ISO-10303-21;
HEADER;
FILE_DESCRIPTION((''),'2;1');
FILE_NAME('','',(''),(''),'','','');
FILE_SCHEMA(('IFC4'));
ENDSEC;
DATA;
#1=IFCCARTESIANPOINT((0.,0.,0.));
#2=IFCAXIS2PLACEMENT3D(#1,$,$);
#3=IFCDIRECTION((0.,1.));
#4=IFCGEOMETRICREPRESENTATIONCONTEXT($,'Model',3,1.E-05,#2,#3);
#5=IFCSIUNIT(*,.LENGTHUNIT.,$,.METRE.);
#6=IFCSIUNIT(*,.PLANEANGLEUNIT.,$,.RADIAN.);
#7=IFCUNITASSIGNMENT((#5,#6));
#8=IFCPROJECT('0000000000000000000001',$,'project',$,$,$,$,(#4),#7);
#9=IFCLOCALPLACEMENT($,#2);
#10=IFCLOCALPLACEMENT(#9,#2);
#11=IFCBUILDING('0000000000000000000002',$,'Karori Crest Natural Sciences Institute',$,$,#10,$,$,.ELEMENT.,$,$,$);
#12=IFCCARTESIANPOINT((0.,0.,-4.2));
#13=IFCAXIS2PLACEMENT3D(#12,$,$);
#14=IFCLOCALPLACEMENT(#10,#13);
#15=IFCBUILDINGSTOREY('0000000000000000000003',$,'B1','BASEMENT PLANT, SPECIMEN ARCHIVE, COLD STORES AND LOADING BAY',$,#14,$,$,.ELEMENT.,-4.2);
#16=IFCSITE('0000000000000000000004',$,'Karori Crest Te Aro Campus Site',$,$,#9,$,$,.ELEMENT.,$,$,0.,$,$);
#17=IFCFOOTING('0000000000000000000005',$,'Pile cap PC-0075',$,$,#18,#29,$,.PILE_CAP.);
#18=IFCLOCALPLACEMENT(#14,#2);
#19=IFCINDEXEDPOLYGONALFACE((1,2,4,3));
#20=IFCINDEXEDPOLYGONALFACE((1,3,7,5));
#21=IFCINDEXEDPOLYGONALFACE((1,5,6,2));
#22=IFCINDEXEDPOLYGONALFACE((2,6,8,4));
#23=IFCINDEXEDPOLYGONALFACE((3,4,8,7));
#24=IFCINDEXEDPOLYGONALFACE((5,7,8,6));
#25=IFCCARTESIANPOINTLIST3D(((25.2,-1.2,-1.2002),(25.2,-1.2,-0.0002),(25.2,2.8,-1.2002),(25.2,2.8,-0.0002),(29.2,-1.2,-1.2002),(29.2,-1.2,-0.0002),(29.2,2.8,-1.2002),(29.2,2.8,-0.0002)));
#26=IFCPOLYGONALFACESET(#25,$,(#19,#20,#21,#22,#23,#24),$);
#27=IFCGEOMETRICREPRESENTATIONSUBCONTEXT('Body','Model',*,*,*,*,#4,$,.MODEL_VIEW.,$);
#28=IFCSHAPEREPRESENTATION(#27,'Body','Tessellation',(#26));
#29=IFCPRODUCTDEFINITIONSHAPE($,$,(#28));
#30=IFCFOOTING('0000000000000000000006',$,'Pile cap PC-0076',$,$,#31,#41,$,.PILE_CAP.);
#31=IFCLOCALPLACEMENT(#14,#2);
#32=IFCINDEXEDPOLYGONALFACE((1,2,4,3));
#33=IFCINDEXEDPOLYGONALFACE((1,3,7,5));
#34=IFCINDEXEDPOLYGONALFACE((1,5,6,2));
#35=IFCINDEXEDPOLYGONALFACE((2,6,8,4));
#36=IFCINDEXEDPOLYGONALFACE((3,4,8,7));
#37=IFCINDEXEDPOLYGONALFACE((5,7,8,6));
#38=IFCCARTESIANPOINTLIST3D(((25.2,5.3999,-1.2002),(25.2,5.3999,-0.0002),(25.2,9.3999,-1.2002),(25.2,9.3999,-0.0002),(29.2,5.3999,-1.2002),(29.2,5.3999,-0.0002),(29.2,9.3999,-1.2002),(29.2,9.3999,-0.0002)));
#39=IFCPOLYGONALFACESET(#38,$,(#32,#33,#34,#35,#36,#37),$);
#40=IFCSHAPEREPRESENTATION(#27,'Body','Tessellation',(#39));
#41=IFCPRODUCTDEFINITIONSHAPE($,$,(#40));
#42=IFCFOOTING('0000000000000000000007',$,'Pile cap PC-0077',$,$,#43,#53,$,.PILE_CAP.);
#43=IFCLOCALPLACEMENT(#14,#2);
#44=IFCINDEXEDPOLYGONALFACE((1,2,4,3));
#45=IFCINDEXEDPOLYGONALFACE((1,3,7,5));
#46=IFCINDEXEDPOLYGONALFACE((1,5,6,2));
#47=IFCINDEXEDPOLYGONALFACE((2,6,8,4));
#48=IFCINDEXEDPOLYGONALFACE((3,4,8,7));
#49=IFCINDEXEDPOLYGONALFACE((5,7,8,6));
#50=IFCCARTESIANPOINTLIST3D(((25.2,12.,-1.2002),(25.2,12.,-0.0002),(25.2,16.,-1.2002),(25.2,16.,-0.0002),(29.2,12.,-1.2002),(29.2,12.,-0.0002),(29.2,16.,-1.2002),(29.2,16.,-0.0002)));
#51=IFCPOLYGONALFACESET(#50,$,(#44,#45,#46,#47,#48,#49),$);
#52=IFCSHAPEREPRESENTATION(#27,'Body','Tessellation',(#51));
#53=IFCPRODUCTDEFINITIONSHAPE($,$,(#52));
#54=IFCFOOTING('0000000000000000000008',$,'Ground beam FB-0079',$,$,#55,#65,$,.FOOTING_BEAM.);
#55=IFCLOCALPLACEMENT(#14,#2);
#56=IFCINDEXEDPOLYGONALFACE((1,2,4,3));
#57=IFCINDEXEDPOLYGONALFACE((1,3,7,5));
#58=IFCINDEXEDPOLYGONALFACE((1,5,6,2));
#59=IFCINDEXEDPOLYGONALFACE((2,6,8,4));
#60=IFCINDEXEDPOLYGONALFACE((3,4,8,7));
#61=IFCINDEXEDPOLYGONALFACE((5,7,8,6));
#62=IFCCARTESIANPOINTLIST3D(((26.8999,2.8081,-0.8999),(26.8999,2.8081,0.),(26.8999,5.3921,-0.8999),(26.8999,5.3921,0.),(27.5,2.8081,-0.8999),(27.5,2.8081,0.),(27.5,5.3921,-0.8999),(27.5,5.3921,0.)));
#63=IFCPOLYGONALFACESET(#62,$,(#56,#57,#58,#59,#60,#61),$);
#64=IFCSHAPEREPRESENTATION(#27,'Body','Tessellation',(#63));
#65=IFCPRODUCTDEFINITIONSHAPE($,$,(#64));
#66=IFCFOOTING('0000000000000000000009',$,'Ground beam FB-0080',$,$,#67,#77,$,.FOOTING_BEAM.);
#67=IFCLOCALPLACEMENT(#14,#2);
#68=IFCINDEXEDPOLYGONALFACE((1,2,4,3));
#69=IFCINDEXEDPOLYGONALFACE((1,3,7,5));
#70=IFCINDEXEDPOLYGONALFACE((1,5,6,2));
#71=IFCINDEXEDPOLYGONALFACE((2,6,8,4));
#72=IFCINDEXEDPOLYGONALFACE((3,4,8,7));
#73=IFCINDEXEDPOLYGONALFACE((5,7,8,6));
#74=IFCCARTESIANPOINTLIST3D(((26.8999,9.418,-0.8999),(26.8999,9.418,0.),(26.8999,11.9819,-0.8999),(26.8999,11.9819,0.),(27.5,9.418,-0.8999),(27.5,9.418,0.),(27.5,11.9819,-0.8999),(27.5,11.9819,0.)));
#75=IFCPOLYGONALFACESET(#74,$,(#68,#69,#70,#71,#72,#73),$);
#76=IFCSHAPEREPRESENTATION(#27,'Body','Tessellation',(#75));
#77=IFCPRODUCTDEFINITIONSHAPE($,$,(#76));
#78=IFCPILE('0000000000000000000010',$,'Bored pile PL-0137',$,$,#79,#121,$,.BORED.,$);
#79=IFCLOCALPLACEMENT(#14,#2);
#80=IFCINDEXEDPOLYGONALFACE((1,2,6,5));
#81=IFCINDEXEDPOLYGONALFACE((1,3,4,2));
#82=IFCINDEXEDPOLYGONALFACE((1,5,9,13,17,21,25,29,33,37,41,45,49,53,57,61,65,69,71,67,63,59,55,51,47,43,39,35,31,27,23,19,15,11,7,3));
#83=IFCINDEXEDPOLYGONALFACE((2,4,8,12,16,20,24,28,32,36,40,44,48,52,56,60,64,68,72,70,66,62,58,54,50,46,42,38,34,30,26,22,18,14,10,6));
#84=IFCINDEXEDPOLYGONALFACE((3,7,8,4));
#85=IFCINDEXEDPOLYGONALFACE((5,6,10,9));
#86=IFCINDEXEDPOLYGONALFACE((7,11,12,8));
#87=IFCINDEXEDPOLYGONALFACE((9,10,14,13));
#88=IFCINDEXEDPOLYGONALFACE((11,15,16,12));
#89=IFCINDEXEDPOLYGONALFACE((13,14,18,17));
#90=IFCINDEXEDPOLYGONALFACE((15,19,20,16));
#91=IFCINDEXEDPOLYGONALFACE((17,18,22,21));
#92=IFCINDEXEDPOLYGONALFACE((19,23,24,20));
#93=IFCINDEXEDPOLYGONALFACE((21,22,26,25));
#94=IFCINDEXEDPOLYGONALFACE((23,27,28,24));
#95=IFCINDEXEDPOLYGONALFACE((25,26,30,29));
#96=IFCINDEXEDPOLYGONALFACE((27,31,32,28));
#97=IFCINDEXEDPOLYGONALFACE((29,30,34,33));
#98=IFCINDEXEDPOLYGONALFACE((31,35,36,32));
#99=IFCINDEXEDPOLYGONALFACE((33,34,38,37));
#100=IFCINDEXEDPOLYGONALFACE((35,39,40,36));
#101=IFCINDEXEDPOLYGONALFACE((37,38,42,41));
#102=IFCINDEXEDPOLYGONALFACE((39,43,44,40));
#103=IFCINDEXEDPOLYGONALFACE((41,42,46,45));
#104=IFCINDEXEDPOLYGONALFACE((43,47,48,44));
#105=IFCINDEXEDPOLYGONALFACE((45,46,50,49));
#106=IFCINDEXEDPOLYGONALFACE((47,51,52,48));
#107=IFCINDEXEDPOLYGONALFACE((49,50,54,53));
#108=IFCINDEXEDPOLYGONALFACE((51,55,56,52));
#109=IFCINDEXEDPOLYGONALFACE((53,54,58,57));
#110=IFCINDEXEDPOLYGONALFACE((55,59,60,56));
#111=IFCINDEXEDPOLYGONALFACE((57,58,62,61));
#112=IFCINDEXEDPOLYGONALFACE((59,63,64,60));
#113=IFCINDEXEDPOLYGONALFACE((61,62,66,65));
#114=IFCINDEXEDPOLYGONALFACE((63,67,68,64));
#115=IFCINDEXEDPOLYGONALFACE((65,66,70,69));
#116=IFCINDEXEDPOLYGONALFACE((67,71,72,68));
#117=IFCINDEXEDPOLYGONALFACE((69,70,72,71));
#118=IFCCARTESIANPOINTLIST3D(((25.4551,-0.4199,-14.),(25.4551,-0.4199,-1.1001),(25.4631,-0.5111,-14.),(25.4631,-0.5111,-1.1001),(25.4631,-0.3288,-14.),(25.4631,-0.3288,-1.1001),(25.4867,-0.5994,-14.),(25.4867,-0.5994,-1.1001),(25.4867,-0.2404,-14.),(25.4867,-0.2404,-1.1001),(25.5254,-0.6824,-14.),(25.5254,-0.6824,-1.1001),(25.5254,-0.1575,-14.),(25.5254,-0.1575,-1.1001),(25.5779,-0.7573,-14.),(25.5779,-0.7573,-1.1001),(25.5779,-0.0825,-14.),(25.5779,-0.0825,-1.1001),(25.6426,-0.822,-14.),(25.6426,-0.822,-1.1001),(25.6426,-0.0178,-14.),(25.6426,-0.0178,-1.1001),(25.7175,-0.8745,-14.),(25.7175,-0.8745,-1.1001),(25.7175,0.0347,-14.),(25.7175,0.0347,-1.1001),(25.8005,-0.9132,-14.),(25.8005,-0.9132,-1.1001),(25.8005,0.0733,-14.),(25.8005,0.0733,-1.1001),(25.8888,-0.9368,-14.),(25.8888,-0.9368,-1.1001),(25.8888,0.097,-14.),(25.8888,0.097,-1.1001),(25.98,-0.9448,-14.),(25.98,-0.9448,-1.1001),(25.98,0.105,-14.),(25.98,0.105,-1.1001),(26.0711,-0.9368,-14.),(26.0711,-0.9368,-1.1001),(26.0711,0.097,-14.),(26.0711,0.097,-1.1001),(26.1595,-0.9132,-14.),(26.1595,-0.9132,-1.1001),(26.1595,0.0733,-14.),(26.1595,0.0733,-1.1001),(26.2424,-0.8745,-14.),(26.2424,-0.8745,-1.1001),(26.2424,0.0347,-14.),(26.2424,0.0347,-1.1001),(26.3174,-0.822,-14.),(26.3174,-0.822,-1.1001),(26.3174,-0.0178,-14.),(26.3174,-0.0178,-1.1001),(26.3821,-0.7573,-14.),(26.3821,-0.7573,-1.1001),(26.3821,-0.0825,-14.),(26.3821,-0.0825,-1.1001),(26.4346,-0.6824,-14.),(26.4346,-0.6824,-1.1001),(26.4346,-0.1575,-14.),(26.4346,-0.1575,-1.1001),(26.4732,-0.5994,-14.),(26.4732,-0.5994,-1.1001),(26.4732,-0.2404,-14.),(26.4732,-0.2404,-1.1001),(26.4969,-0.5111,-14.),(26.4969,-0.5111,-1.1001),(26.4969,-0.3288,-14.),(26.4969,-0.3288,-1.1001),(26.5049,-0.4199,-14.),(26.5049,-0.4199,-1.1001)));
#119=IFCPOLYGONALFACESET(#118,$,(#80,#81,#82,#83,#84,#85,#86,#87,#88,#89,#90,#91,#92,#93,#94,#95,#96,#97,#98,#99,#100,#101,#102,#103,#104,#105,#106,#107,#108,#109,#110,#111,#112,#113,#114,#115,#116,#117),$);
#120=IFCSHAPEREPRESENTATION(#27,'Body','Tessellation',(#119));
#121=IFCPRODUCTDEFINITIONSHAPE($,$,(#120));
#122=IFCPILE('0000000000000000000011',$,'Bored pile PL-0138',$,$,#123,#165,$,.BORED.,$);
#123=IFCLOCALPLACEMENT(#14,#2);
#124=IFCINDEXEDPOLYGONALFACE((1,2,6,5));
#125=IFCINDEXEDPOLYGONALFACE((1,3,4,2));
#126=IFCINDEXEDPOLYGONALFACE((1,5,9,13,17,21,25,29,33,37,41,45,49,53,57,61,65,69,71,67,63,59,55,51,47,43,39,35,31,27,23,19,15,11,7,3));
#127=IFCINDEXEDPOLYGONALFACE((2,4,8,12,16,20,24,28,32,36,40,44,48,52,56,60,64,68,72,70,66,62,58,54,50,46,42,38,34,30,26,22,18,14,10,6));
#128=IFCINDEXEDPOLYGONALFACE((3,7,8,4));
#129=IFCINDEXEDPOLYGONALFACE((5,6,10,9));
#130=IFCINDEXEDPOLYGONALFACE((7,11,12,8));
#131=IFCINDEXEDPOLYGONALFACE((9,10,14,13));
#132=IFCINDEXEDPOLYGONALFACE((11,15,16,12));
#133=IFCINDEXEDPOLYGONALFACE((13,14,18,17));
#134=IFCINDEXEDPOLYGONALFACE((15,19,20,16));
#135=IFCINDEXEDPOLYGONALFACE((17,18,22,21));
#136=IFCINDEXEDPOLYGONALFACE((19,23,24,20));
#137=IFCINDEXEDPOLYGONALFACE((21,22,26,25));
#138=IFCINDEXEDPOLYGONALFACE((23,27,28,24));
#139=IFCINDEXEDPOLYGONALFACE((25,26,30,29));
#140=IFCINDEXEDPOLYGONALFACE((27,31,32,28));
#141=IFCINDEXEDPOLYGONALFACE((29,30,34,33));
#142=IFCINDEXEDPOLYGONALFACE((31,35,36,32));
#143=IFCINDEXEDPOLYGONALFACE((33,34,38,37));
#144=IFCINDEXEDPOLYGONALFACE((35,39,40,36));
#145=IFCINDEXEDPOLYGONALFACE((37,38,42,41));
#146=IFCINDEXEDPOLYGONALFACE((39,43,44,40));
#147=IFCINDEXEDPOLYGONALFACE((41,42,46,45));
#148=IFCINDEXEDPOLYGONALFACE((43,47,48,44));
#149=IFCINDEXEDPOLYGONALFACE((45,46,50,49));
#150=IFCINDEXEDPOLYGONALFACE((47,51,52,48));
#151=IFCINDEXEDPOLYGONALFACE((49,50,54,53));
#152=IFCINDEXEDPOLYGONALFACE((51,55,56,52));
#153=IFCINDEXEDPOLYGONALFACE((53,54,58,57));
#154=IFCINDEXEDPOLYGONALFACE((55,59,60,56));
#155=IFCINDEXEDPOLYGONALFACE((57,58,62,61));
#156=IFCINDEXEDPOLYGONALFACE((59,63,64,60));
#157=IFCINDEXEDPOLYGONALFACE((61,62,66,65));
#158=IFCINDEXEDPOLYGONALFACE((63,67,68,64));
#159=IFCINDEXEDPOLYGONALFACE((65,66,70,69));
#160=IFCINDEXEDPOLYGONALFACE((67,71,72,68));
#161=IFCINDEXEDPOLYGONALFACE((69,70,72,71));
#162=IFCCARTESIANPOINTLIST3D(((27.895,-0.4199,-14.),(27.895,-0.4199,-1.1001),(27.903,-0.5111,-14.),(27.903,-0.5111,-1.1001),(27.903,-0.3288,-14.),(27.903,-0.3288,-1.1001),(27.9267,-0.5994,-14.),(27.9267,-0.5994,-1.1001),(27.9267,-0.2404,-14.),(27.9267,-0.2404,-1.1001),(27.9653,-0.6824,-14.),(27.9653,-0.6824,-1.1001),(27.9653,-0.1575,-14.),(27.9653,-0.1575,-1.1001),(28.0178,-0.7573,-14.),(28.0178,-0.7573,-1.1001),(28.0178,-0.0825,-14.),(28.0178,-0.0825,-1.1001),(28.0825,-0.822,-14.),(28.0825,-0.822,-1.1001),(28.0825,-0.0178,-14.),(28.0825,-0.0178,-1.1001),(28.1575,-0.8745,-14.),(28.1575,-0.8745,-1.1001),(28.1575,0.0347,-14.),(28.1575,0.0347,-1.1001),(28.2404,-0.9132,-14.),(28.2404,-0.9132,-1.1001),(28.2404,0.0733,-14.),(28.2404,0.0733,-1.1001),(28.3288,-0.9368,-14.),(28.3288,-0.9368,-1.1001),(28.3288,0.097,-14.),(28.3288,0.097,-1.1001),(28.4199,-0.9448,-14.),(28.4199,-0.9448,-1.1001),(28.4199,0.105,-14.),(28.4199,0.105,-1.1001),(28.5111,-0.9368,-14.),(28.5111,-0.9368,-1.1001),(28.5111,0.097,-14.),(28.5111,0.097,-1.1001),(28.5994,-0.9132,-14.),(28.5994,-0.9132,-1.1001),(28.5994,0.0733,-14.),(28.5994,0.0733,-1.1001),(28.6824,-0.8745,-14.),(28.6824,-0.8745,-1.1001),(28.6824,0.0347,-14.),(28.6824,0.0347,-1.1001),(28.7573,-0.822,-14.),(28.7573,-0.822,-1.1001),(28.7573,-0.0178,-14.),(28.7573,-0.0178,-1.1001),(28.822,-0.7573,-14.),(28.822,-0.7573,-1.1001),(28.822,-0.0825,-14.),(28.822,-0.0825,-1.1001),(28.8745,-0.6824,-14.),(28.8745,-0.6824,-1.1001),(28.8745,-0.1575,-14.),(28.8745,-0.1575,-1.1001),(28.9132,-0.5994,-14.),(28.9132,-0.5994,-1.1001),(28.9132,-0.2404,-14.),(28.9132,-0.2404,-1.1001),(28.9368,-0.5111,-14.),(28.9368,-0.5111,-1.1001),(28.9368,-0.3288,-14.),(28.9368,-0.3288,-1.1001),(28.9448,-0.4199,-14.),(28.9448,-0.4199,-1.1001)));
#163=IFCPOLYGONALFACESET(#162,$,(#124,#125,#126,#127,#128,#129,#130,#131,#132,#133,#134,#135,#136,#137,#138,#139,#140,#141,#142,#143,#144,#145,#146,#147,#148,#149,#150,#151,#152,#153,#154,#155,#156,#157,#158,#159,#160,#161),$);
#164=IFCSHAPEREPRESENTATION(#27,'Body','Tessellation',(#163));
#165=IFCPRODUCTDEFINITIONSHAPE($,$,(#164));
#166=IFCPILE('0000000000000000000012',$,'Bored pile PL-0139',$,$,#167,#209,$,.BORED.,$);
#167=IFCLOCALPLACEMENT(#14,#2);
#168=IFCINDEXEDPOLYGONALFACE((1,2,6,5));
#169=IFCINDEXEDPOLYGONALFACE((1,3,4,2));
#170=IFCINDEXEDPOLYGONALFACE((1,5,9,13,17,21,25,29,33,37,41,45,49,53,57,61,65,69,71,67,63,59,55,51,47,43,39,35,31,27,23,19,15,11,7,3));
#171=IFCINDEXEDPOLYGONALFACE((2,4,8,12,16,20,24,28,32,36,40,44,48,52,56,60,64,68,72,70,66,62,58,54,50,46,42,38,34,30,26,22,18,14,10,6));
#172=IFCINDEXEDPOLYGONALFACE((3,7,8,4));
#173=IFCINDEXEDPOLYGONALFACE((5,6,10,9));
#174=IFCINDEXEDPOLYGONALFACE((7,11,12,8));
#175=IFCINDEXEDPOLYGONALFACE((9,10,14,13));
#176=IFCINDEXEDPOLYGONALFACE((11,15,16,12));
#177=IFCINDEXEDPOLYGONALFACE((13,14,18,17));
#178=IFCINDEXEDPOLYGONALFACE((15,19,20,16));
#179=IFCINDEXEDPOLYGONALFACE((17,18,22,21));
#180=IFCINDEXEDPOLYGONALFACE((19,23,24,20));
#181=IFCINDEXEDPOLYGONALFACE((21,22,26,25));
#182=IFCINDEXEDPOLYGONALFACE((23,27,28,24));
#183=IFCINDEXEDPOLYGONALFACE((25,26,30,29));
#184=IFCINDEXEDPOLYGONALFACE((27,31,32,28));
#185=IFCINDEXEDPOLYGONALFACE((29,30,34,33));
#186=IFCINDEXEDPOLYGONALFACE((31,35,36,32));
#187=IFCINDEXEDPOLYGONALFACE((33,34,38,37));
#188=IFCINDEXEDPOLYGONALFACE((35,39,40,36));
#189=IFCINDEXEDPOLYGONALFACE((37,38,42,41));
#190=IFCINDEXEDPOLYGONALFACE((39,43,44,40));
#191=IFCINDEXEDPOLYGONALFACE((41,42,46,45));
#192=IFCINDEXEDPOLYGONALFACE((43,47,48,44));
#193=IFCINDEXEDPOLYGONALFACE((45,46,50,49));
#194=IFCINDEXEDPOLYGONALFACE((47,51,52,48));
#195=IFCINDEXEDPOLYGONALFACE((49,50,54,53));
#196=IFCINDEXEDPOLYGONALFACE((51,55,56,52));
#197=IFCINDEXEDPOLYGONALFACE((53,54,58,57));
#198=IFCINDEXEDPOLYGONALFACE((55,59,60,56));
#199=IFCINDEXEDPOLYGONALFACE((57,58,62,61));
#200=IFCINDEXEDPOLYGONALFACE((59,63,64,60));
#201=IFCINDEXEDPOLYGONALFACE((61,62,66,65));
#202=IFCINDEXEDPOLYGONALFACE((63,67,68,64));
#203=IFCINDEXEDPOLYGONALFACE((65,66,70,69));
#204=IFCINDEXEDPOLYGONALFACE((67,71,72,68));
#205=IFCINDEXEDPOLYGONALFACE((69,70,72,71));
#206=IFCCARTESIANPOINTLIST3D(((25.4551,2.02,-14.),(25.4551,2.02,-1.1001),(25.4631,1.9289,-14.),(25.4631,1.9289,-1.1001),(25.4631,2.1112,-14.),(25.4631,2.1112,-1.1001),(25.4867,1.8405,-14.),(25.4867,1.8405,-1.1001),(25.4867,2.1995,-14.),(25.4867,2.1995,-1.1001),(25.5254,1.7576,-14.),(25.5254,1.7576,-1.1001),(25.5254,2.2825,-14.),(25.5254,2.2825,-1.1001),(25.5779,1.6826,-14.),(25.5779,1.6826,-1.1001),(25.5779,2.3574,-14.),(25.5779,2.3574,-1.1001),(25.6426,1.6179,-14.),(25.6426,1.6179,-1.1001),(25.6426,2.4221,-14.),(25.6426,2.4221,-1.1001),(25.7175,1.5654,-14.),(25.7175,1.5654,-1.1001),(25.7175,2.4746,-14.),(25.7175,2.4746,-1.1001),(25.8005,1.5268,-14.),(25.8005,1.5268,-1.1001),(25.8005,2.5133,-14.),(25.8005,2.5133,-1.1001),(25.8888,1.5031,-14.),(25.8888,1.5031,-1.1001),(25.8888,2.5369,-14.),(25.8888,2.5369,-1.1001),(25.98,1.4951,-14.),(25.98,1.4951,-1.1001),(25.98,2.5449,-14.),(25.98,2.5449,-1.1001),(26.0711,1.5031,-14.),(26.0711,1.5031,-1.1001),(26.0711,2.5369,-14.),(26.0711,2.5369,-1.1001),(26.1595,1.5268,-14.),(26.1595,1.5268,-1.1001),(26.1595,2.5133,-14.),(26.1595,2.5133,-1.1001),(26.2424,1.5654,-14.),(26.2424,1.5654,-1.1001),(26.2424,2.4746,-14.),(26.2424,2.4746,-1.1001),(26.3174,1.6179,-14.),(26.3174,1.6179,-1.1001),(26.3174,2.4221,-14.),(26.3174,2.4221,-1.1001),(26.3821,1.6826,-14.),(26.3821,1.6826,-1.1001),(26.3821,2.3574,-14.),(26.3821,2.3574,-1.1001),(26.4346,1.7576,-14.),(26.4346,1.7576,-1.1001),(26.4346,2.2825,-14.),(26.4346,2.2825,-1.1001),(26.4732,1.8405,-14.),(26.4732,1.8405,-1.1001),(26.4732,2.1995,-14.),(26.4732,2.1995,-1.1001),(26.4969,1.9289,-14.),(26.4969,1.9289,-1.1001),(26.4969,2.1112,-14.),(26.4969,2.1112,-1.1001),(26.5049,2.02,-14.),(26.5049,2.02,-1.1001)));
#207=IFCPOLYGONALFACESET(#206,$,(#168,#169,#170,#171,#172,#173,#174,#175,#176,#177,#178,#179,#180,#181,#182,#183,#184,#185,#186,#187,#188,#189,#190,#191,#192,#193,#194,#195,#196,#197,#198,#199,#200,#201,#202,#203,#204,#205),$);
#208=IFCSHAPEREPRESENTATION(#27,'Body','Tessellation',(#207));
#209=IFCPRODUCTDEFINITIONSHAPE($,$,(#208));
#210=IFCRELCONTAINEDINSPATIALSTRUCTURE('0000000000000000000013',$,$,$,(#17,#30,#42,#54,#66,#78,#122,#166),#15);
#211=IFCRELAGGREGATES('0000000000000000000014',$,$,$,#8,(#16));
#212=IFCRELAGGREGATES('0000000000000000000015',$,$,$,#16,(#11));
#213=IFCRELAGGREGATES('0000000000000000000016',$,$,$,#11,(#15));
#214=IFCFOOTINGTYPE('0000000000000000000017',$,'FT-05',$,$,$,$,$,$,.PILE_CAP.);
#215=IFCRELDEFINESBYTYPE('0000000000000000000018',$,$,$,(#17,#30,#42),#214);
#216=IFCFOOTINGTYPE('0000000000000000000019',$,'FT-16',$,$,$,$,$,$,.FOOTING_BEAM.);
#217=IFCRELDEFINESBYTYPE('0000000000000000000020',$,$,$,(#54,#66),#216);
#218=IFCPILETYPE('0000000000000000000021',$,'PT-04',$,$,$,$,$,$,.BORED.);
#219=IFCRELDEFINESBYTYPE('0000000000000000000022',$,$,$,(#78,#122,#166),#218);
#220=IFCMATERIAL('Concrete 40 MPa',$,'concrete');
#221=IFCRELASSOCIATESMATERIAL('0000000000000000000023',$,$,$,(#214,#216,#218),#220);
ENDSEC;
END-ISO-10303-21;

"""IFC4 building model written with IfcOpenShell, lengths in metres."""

from ifc_helpers import new_model, si_unit, direction, frame, origin, origin_2d, place, context, subcontext, project, spatial, rectangle, circle, extrude, material, material_profile, profile_set, type_object, element, save


model = new_model("IFC4")

# Units and contexts
model_context = context("Model", 3, precision=1e-05, world=origin(), true_north=direction((0.0, 1.0)))
body_context = subcontext(model_context, "Body", "Model", "MODEL_VIEW")
ifc_project = project(units=[si_unit("LENGTHUNIT", "METRE"), si_unit("PLANEANGLEUNIT", "RADIAN")], contexts=[model_context])

# Site, building, storey
site_placement = place(None, origin())
site = spatial("IfcSite", under=ifc_project, at=site_placement, Name="Karori Crest Te Aro Campus Site", CompositionType="ELEMENT", RefElevation=0.0)
building_placement = place(site_placement, origin())
building = spatial("IfcBuilding", under=site, at=building_placement, Name="Karori Crest Natural Sciences Institute", CompositionType="ELEMENT")
storey_placement = place(building_placement, frame((0.0, 0.0, -4.2)))
storey = spatial("IfcBuildingStorey", under=building, at=storey_placement, Name="B1", Description="BASEMENT PLANT, SPECIMEN ARCHIVE, COLD STORES AND LOADING BAY", CompositionType="ELEMENT", Elevation=-4.2)

# Footings
ifc_material_1 = material(Name="Concrete 40 MPa", Category="concrete")
footing_type_1 = type_object("IfcFootingType", Name="FT-05", PredefinedType="PILE_CAP", material=ifc_material_1)
for number, where, z_axis, x_axis, name in (
    (1, (27.2, 0.8, -1.2002), (0.0, 0.0, 1.0), (1.0, 0.0, 0.0), "Pile cap PC-0075"),
    (2, (27.2, 7.3999, -1.2002), (0.0, 0.0, 1.0), (1.0, 0.0, 0.0), "Pile cap PC-0076"),
    (3, (27.2, 14.0, -1.2002), (0.0, 0.0, 1.0), (1.0, 0.0, 0.0), "Pile cap PC-0077"),
):
    element("IfcFooting", number, at=place(storey_placement, frame(where, z_axis=z_axis, x_axis=x_axis)), inside=storey, type_object=footing_type_1, Name=name, PredefinedType="PILE_CAP", context=body_context, shape_type="SweptSolid", body=[
        extrude(rectangle(XDim=4.0, YDim=4.0, at=origin_2d()), origin(), (0.0, 0.0, 1.0), 1.2),
    ])
footing_type_2 = type_object("IfcFootingType", Name="FT-16", PredefinedType="FOOTING_BEAM", material=ifc_material_1)
footing_1_placement = place(storey_placement, frame((27.2, 4.1001, -0.8999), z_axis=(0.0, 0.0, 1.0), x_axis=(0.0, 1.0, 0.0)))
element("IfcFooting", 4, at=footing_1_placement, inside=storey, type_object=footing_type_2, Name="Ground beam FB-0079", PredefinedType="FOOTING_BEAM", context=body_context, shape_type="SweptSolid", body=[
    extrude(rectangle(XDim=2.584, YDim=0.6001, at=origin_2d()), origin(), (0.0, 0.0, 1.0), 0.8999),
])
footing_2_placement = place(storey_placement, frame((27.2, 10.7, -0.8999), z_axis=(0.0, 0.0, 1.0), x_axis=(0.0, 1.0, 0.0)))
element("IfcFooting", 5, at=footing_2_placement, inside=storey, type_object=footing_type_2, Name="Ground beam FB-0080", PredefinedType="FOOTING_BEAM", context=body_context, shape_type="SweptSolid", body=[
    extrude(rectangle(XDim=2.564, YDim=0.6001, at=origin_2d()), origin(), (0.0, 0.0, 1.0), 0.8999),
])

# Piles
ifc_material_profile_1 = material_profile(ifc_material_1, circle(Radius=0.5249, at=origin_2d()), Name="PILE1050")
ifc_profile_set_1 = profile_set([ifc_material_profile_1], Name="Concrete 40 MPa")
pile_type = type_object("IfcPileType", Name="PT-04", PredefinedType="BORED", material=ifc_profile_set_1)
for number, where, z_axis, x_axis, name in (
    (6, (25.98, -0.4199, -1.1001), (0.0, 0.0, -1.0), (1.0, 0.0, 0.0), "Bored pile PL-0137"),
    (7, (28.4199, -0.4199, -1.1001), (0.0, 0.0, -1.0), (1.0, 0.0, 0.0), "Bored pile PL-0138"),
    (8, (25.98, 2.02, -1.1001), (0.0, 0.0, -1.0), (1.0, 0.0, 0.0), "Bored pile PL-0139"),
):
    element("IfcPile", number, at=place(storey_placement, frame(where, z_axis=z_axis, x_axis=x_axis)), inside=storey, type_object=pile_type, Name=name, PredefinedType="BORED", context=body_context, shape_type="SweptSolid", body=[
        extrude(circle(Radius=0.5249, at=origin_2d()), origin(), (0.0, 0.0, 1.0), 12.8999),
    ])

save(model, "model.ifc")
